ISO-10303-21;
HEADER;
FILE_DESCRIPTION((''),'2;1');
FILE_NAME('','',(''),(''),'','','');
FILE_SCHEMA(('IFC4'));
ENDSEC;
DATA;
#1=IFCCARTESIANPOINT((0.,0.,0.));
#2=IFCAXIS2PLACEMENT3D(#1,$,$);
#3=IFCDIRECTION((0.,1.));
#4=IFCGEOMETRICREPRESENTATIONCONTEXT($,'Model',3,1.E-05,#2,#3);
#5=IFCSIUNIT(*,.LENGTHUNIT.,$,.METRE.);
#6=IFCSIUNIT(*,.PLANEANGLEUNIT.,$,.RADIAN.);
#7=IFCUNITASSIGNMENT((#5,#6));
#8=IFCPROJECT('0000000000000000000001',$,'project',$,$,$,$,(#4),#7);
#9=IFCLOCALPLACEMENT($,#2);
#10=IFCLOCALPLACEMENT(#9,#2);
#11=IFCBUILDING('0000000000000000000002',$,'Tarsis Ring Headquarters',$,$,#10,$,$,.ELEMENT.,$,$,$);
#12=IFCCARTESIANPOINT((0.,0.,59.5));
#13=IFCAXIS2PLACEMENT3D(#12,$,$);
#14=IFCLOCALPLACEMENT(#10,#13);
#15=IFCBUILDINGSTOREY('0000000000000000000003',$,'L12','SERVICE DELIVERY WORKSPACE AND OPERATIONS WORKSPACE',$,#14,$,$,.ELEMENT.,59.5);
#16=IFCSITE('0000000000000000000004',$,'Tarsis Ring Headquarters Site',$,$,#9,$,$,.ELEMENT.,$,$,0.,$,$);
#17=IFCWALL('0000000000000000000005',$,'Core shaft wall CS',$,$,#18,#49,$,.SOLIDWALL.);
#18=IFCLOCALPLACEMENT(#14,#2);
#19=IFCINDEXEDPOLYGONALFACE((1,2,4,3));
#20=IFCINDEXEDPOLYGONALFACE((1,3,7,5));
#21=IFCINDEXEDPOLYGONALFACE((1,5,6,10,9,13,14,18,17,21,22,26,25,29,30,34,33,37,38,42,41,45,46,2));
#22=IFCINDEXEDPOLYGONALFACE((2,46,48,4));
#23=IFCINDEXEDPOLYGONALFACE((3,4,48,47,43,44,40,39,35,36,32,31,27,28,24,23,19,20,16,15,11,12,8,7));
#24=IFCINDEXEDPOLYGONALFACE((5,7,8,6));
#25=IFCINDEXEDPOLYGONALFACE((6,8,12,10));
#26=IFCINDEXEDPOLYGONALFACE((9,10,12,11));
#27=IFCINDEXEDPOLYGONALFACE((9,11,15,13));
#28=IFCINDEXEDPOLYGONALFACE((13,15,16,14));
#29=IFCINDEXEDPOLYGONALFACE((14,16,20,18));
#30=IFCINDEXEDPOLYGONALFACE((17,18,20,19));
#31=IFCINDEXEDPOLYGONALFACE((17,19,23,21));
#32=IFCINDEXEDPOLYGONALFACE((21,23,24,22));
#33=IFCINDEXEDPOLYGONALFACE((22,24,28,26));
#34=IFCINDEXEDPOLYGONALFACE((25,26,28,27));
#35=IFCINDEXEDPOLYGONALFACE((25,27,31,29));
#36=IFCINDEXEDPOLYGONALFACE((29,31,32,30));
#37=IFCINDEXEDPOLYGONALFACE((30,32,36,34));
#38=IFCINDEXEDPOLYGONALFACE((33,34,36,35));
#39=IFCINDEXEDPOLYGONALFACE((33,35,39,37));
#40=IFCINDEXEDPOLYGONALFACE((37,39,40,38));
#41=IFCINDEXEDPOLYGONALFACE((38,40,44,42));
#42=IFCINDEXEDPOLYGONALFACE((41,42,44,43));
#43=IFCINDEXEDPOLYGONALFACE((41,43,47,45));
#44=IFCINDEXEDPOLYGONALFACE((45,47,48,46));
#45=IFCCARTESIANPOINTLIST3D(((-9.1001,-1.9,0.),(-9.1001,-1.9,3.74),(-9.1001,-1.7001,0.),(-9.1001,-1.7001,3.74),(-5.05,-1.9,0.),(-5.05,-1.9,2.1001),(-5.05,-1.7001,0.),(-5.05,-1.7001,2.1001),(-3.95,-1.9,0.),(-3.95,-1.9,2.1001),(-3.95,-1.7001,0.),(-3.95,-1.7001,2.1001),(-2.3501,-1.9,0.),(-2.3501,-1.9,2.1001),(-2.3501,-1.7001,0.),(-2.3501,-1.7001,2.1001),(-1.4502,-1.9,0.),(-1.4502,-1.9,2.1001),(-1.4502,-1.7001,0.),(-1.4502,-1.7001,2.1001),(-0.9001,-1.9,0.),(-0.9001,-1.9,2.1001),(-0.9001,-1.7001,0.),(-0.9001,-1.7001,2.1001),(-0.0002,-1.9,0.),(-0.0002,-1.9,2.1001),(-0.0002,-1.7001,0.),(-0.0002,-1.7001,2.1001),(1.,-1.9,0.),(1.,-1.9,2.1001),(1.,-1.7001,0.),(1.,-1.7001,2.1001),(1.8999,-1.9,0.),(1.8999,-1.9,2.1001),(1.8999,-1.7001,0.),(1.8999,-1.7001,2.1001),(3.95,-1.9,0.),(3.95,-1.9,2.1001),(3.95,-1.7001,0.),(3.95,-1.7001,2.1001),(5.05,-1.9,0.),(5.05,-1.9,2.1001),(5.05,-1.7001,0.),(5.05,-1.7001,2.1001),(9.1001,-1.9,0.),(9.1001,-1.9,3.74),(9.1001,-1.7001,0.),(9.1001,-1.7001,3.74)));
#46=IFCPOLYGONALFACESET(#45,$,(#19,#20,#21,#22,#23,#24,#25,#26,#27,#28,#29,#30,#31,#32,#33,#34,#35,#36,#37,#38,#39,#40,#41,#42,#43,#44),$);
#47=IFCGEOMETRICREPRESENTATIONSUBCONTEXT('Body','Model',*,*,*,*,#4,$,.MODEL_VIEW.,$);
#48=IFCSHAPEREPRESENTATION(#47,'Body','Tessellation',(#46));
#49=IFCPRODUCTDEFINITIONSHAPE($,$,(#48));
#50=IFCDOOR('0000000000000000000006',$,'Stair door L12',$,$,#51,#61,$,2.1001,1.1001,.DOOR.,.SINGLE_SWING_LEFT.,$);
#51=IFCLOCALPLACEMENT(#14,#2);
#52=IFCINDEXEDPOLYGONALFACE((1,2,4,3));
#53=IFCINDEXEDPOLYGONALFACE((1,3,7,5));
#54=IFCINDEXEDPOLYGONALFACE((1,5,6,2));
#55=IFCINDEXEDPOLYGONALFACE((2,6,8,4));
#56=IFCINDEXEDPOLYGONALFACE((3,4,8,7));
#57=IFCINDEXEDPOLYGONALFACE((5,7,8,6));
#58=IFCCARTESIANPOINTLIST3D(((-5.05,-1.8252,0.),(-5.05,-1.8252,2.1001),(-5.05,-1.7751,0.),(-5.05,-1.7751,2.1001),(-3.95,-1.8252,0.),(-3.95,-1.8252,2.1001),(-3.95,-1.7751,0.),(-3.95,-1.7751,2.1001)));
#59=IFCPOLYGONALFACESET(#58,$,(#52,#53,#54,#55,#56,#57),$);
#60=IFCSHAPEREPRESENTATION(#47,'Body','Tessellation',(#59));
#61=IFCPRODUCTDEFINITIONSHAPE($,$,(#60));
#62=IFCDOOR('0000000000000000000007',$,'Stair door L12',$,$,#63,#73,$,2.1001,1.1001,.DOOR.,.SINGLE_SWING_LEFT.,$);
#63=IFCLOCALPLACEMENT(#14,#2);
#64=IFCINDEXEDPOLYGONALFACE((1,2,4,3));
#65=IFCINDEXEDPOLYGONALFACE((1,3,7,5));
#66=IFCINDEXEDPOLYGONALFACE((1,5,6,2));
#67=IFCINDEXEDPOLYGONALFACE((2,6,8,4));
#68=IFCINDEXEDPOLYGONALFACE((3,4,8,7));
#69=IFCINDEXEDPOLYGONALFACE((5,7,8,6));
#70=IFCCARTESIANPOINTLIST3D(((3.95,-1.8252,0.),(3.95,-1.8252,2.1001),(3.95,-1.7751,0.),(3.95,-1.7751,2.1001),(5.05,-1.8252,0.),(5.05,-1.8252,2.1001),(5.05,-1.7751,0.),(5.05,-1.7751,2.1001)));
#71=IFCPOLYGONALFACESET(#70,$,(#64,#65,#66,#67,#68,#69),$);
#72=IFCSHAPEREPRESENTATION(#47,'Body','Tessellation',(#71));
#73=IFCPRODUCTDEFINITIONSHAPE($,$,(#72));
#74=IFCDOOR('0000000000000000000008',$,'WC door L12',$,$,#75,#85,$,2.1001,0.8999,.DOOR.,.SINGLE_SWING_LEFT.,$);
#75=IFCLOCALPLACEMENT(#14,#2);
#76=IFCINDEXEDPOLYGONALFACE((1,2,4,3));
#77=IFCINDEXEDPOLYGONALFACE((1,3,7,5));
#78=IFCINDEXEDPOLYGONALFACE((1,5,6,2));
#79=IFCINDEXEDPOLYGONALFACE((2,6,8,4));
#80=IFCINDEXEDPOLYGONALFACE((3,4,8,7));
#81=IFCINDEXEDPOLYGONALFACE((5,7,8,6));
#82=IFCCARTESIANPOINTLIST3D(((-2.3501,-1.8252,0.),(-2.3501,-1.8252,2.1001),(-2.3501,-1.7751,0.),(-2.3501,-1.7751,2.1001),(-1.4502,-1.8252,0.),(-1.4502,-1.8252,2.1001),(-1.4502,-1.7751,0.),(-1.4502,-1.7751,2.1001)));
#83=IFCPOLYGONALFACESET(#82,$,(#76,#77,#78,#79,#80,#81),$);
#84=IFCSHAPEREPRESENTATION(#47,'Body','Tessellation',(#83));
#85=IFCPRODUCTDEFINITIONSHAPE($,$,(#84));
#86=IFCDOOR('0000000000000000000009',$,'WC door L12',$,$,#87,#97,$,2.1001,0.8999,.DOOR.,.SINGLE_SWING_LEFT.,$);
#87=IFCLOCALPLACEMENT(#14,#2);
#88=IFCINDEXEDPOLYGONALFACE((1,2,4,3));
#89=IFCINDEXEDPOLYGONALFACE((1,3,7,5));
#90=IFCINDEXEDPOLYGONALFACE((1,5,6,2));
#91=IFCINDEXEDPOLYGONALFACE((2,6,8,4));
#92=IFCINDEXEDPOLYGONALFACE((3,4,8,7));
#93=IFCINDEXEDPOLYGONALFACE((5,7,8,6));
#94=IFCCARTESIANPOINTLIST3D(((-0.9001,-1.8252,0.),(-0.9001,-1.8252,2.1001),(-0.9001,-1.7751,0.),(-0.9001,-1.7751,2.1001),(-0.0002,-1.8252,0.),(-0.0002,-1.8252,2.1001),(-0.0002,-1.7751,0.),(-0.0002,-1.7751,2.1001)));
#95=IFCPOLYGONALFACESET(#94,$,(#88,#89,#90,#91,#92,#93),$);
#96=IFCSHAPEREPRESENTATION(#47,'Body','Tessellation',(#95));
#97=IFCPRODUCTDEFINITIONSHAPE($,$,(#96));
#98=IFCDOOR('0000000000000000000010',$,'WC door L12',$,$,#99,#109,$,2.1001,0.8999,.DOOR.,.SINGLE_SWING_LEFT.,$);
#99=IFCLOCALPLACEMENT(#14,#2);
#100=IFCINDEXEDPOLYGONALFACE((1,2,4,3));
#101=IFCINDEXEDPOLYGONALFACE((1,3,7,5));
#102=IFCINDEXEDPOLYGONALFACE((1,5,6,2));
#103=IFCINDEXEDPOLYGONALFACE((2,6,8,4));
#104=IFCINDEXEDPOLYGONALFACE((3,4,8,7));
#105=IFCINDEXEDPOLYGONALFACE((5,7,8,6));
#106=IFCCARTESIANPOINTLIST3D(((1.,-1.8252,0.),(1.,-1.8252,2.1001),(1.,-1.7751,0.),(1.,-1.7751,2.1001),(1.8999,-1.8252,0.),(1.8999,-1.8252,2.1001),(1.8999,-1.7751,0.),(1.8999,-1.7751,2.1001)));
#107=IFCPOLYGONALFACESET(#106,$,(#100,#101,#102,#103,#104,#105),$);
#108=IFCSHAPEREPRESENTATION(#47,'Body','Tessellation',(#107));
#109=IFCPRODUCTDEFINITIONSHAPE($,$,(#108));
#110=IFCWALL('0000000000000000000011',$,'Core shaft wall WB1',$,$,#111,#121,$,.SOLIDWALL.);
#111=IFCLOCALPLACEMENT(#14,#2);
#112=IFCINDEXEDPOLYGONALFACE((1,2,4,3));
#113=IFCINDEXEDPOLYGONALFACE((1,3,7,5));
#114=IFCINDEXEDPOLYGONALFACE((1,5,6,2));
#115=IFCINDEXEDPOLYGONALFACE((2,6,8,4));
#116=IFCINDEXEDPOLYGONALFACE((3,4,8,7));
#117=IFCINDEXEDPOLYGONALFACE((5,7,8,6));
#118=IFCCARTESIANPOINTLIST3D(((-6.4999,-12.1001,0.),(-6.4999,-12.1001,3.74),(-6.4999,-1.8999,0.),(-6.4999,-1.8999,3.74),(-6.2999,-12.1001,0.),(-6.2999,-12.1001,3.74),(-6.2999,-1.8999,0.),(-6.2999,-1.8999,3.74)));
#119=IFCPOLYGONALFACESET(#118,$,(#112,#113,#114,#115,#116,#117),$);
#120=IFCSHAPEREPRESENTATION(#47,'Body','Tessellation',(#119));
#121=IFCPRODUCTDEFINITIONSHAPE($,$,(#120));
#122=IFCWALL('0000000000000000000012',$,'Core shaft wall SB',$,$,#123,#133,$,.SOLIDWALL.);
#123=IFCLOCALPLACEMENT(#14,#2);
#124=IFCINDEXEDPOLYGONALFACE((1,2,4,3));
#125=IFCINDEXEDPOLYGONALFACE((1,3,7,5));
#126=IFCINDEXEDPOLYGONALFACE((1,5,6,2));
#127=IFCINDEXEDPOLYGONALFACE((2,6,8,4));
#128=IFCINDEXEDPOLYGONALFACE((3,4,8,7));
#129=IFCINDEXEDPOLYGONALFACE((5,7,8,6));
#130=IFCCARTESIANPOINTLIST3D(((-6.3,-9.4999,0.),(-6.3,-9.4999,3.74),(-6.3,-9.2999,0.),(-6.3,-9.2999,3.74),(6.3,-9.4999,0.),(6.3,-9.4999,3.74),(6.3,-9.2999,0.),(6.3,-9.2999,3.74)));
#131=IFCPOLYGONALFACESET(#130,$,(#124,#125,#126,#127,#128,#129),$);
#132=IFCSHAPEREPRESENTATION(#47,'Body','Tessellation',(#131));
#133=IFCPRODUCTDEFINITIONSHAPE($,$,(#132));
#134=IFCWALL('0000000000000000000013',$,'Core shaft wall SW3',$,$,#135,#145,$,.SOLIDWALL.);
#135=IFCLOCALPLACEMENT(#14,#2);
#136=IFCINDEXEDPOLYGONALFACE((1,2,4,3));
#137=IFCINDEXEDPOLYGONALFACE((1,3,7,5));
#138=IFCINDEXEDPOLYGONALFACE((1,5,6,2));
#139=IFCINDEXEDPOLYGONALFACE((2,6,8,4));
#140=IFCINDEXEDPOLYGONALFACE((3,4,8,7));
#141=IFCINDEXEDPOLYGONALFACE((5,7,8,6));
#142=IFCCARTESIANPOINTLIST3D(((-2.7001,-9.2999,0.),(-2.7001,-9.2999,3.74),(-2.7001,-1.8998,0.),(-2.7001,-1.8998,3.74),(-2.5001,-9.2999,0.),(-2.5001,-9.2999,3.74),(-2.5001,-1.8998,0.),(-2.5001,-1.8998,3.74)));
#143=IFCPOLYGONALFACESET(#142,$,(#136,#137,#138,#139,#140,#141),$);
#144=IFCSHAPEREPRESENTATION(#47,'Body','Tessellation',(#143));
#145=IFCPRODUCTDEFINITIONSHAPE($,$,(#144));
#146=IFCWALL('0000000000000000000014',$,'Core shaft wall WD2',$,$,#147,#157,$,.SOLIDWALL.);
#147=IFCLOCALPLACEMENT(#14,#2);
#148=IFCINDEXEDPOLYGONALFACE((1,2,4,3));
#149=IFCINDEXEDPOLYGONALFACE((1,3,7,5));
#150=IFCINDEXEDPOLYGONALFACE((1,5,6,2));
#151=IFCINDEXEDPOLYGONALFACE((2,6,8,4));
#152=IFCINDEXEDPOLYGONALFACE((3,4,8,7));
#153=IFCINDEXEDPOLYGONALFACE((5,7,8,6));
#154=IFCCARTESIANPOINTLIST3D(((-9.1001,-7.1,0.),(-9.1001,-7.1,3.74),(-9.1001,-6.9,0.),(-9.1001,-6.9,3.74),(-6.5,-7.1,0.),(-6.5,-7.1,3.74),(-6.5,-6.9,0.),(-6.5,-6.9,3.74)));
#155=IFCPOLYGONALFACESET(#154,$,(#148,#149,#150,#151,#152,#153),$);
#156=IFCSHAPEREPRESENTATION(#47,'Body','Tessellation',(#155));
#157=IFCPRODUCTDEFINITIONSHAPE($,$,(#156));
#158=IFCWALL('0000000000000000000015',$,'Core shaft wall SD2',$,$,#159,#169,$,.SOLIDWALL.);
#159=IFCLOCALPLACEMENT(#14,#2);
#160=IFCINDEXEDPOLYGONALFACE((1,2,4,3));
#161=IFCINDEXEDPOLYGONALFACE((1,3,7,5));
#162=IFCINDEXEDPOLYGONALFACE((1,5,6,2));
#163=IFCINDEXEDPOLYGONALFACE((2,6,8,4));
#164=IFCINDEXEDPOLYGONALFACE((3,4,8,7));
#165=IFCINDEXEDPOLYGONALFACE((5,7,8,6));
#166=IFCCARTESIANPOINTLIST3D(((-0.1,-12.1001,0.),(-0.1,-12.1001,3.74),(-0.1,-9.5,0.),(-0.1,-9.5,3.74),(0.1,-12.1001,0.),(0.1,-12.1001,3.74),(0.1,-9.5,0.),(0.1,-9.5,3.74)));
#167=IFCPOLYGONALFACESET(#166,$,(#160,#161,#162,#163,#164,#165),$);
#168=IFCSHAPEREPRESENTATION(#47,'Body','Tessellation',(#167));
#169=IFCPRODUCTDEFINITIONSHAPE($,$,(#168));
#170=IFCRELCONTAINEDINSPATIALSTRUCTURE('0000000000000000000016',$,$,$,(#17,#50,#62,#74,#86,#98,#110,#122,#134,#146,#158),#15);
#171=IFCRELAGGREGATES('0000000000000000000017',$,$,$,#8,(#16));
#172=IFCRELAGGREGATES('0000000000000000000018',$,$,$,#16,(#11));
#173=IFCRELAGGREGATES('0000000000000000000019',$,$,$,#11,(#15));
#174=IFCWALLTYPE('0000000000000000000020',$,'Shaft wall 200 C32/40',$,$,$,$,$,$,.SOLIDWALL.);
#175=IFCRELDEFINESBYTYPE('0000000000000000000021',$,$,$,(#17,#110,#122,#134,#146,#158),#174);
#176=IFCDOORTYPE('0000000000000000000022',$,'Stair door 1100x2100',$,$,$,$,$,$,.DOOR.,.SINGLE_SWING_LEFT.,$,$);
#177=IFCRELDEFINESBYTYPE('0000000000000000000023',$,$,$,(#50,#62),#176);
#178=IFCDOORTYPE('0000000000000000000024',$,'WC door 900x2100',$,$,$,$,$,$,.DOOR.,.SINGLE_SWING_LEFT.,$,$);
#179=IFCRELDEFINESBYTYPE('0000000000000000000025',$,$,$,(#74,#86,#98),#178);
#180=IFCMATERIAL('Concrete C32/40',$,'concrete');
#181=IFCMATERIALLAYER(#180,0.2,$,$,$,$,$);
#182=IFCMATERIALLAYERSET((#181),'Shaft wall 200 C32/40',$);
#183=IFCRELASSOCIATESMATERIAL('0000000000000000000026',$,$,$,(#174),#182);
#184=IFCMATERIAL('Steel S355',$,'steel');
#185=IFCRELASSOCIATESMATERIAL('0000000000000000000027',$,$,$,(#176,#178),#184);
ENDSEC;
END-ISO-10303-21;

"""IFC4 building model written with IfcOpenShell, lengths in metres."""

from ifc_helpers import new_model, si_unit, direction, frame, frame_2d, origin, place, context, subcontext, project, spatial, rectangle, extrude, material, layer, layer_set, type_object, element, fill, save


model = new_model("IFC4")

# Units and contexts
model_context = context("Model", 3, precision=1e-05, world=origin(), true_north=direction((0.0, 1.0)))
body_context = subcontext(model_context, "Body", "Model", "MODEL_VIEW")
ifc_project = project(units=[si_unit("LENGTHUNIT", "METRE"), si_unit("PLANEANGLEUNIT", "RADIAN")], contexts=[model_context])

# Site, building, storey
site_placement = place(None, origin())
site = spatial("IfcSite", under=ifc_project, at=site_placement, Name="Tarsis Ring Headquarters Site", CompositionType="ELEMENT", RefElevation=0.0)
building_placement = place(site_placement, origin())
building = spatial("IfcBuilding", under=site, at=building_placement, Name="Tarsis Ring Headquarters", CompositionType="ELEMENT")
storey_placement = place(building_placement, frame((0.0, 0.0, 59.5)))
storey = spatial("IfcBuildingStorey", under=building, at=storey_placement, Name="L12", Description="SERVICE DELIVERY WORKSPACE AND OPERATIONS WORKSPACE", CompositionType="ELEMENT", Elevation=59.5)

# Shared definitions
ifc_material_1 = material(Name="Concrete C32/40", Category="concrete")

# Wall, openings, doors
ifc_layer_1 = layer(ifc_material_1, 0.2)
ifc_layer_set_1 = layer_set([ifc_layer_1], Name="Shaft wall 200 C32/40")
wall_type_1 = type_object("IfcWallType", Name="Shaft wall 200 C32/40", PredefinedType="SOLIDWALL", material=ifc_layer_set_1)
wall_1_placement = place(storey_placement, frame((-9.1001, -1.8, 0.0), z_axis=(0.0, 0.0, 1.0), x_axis=(1.0, 0.0, 0.0)))
wall_1 = element("IfcWall", 1, at=wall_1_placement, inside=storey, type_object=wall_type_1, Name="Core shaft wall CS", PredefinedType="SOLIDWALL", context=body_context, shape_type="SweptSolid", body=[
    extrude(rectangle(XDim=18.2002, YDim=0.2, at=frame_2d((9.1001, 0.0))), origin(), (0.0, 0.0, 1.0), 3.74),
])
opening_1_placement = place(wall_1_placement, frame((4.05, 0.0, 0.0)))
opening_1 = element("IfcOpeningElement", 2, at=opening_1_placement, cuts=wall_1, PredefinedType="OPENING", context=body_context, shape_type="SweptSolid", body=[
    extrude(rectangle(XDim=1.1001, YDim=2.1001, at=frame_2d((0.55, 1.05))), frame((0.0, 0.1099, 0.0), z_axis=(0.0, -1.0, 0.0), x_axis=(1.0, 0.0, 0.0)), (0.0, 0.0, 1.0), 0.22),
])
opening_2_placement = place(wall_1_placement, frame((6.75, 0.0, 0.0)))
opening_2 = element("IfcOpeningElement", 3, at=opening_2_placement, cuts=wall_1, PredefinedType="OPENING", context=body_context, shape_type="SweptSolid", body=[
    extrude(rectangle(XDim=0.8999, YDim=2.1001, at=frame_2d((0.45, 1.05))), frame((0.0, 0.1099, 0.0), z_axis=(0.0, -1.0, 0.0), x_axis=(1.0, 0.0, 0.0)), (0.0, 0.0, 1.0), 0.22),
])
opening_3_placement = place(wall_1_placement, frame((8.2, 0.0, 0.0)))
opening_3 = element("IfcOpeningElement", 4, at=opening_3_placement, cuts=wall_1, PredefinedType="OPENING", context=body_context, shape_type="SweptSolid", body=[
    extrude(rectangle(XDim=0.8999, YDim=2.1001, at=frame_2d((0.45, 1.05))), frame((0.0, 0.1099, 0.0), z_axis=(0.0, -1.0, 0.0), x_axis=(1.0, 0.0, 0.0)), (0.0, 0.0, 1.0), 0.22),
])
opening_4_placement = place(wall_1_placement, frame((10.1001, 0.0, 0.0)))
opening_4 = element("IfcOpeningElement", 5, at=opening_4_placement, cuts=wall_1, PredefinedType="OPENING", context=body_context, shape_type="SweptSolid", body=[
    extrude(rectangle(XDim=0.8999, YDim=2.1001, at=frame_2d((0.45, 1.05))), frame((0.0, 0.1099, 0.0), z_axis=(0.0, -1.0, 0.0), x_axis=(1.0, 0.0, 0.0)), (0.0, 0.0, 1.0), 0.22),
])
opening_5_placement = place(wall_1_placement, frame((13.05, 0.0, 0.0)))
opening_5 = element("IfcOpeningElement", 6, at=opening_5_placement, cuts=wall_1, PredefinedType="OPENING", context=body_context, shape_type="SweptSolid", body=[
    extrude(rectangle(XDim=1.1001, YDim=2.1001, at=frame_2d((0.55, 1.05))), frame((0.0, 0.1099, 0.0), z_axis=(0.0, -1.0, 0.0), x_axis=(1.0, 0.0, 0.0)), (0.0, 0.0, 1.0), 0.22),
])
ifc_material_2 = material(Name="Steel S355", Category="steel")
door_type_1 = type_object("IfcDoorType", Name="Stair door 1100x2100", OperationType="SINGLE_SWING_LEFT", PredefinedType="DOOR", material=ifc_material_2)
door_1_placement = place(opening_1_placement, origin())
door_1 = element("IfcDoor", 7, at=door_1_placement, inside=storey, type_object=door_type_1, Name="Stair door L12", OperationType="SINGLE_SWING_LEFT", OverallHeight=2.1001, OverallWidth=1.1001, PredefinedType="DOOR", context=body_context, shape_type="SweptSolid", body=[
    extrude(rectangle(XDim=1.1001, YDim=2.1001, at=frame_2d((0.55, 1.05))), frame((0.0, 0.0249, 0.0), z_axis=(0.0, -1.0, 0.0), x_axis=(1.0, 0.0, 0.0)), (0.0, 0.0, 1.0), 0.05),
])
fill(opening_1, door_1)
door_2_placement = place(opening_5_placement, origin())
door_2 = element("IfcDoor", 8, at=door_2_placement, inside=storey, type_object=door_type_1, Name="Stair door L12", OperationType="SINGLE_SWING_LEFT", OverallHeight=2.1001, OverallWidth=1.1001, PredefinedType="DOOR", context=body_context, shape_type="SweptSolid", body=[
    extrude(rectangle(XDim=1.1001, YDim=2.1001, at=frame_2d((0.55, 1.05))), frame((0.0, 0.0249, 0.0), z_axis=(0.0, -1.0, 0.0), x_axis=(1.0, 0.0, 0.0)), (0.0, 0.0, 1.0), 0.05),
])
fill(opening_5, door_2)
door_type_2 = type_object("IfcDoorType", Name="WC door 900x2100", OperationType="SINGLE_SWING_LEFT", PredefinedType="DOOR", material=ifc_material_2)
door_3_placement = place(opening_2_placement, origin())
door_3 = element("IfcDoor", 9, at=door_3_placement, inside=storey, type_object=door_type_2, Name="WC door L12", OperationType="SINGLE_SWING_LEFT", OverallHeight=2.1001, OverallWidth=0.8999, PredefinedType="DOOR", context=body_context, shape_type="SweptSolid", body=[
    extrude(rectangle(XDim=0.8999, YDim=2.1001, at=frame_2d((0.45, 1.05))), frame((0.0, 0.0249, 0.0), z_axis=(0.0, -1.0, 0.0), x_axis=(1.0, 0.0, 0.0)), (0.0, 0.0, 1.0), 0.05),
])
fill(opening_2, door_3)
door_4_placement = place(opening_3_placement, origin())
door_4 = element("IfcDoor", 10, at=door_4_placement, inside=storey, type_object=door_type_2, Name="WC door L12", OperationType="SINGLE_SWING_LEFT", OverallHeight=2.1001, OverallWidth=0.8999, PredefinedType="DOOR", context=body_context, shape_type="SweptSolid", body=[
    extrude(rectangle(XDim=0.8999, YDim=2.1001, at=frame_2d((0.45, 1.05))), frame((0.0, 0.0249, 0.0), z_axis=(0.0, -1.0, 0.0), x_axis=(1.0, 0.0, 0.0)), (0.0, 0.0, 1.0), 0.05),
])
fill(opening_3, door_4)
door_5_placement = place(opening_4_placement, origin())
door_5 = element("IfcDoor", 11, at=door_5_placement, inside=storey, type_object=door_type_2, Name="WC door L12", OperationType="SINGLE_SWING_LEFT", OverallHeight=2.1001, OverallWidth=0.8999, PredefinedType="DOOR", context=body_context, shape_type="SweptSolid", body=[
    extrude(rectangle(XDim=0.8999, YDim=2.1001, at=frame_2d((0.45, 1.05))), frame((0.0, 0.0249, 0.0), z_axis=(0.0, -1.0, 0.0), x_axis=(1.0, 0.0, 0.0)), (0.0, 0.0, 1.0), 0.05),
])
fill(opening_4, door_5)

# Walls
wall_2_placement = place(storey_placement, frame((-6.3999, -12.1001, 0.0), z_axis=(0.0, 0.0, 1.0), x_axis=(0.0, 1.0, 0.0)))
element("IfcWall", 12, at=wall_2_placement, inside=storey, type_object=wall_type_1, Name="Core shaft wall WB1", PredefinedType="SOLIDWALL", context=body_context, shape_type="SweptSolid", body=[
    extrude(rectangle(XDim=10.2002, YDim=0.2, at=frame_2d((5.1001, 0.0))), origin(), (0.0, 0.0, 1.0), 3.74),
])
wall_3_placement = place(storey_placement, frame((-6.3, -9.3999, 0.0), z_axis=(0.0, 0.0, 1.0), x_axis=(1.0, 0.0, 0.0)))
element("IfcWall", 13, at=wall_3_placement, inside=storey, type_object=wall_type_1, Name="Core shaft wall SB", PredefinedType="SOLIDWALL", context=body_context, shape_type="SweptSolid", body=[
    extrude(rectangle(XDim=12.6001, YDim=0.2, at=frame_2d((6.3, 0.0))), origin(), (0.0, 0.0, 1.0), 3.74),
])
wall_4_placement = place(storey_placement, frame((-2.6001, -9.3, 0.0), z_axis=(0.0, 0.0, 1.0), x_axis=(0.0, 1.0, 0.0)))
element("IfcWall", 14, at=wall_4_placement, inside=storey, type_object=wall_type_1, Name="Core shaft wall SW3", PredefinedType="SOLIDWALL", context=body_context, shape_type="SweptSolid", body=[
    extrude(rectangle(XDim=7.4001, YDim=0.2, at=frame_2d((3.7002, 0.0))), origin(), (0.0, 0.0, 1.0), 3.74),
])
for number, where, z_axis, x_axis, name in (
    (15, (-9.1001, -7.0, 0.0), (0.0, 0.0, 1.0), (1.0, 0.0, 0.0), "Core shaft wall WD2"),
    (16, (0.0, -12.1001, 0.0), (0.0, 0.0, 1.0), (0.0, 1.0, 0.0), "Core shaft wall SD2"),
):
    element("IfcWall", number, at=place(storey_placement, frame(where, z_axis=z_axis, x_axis=x_axis)), inside=storey, type_object=wall_type_1, Name=name, PredefinedType="SOLIDWALL", context=body_context, shape_type="SweptSolid", body=[
        extrude(rectangle(XDim=2.6001, YDim=0.2, at=frame_2d((1.3, 0.0))), origin(), (0.0, 0.0, 1.0), 3.74),
    ])

save(model, "model.ifc")
